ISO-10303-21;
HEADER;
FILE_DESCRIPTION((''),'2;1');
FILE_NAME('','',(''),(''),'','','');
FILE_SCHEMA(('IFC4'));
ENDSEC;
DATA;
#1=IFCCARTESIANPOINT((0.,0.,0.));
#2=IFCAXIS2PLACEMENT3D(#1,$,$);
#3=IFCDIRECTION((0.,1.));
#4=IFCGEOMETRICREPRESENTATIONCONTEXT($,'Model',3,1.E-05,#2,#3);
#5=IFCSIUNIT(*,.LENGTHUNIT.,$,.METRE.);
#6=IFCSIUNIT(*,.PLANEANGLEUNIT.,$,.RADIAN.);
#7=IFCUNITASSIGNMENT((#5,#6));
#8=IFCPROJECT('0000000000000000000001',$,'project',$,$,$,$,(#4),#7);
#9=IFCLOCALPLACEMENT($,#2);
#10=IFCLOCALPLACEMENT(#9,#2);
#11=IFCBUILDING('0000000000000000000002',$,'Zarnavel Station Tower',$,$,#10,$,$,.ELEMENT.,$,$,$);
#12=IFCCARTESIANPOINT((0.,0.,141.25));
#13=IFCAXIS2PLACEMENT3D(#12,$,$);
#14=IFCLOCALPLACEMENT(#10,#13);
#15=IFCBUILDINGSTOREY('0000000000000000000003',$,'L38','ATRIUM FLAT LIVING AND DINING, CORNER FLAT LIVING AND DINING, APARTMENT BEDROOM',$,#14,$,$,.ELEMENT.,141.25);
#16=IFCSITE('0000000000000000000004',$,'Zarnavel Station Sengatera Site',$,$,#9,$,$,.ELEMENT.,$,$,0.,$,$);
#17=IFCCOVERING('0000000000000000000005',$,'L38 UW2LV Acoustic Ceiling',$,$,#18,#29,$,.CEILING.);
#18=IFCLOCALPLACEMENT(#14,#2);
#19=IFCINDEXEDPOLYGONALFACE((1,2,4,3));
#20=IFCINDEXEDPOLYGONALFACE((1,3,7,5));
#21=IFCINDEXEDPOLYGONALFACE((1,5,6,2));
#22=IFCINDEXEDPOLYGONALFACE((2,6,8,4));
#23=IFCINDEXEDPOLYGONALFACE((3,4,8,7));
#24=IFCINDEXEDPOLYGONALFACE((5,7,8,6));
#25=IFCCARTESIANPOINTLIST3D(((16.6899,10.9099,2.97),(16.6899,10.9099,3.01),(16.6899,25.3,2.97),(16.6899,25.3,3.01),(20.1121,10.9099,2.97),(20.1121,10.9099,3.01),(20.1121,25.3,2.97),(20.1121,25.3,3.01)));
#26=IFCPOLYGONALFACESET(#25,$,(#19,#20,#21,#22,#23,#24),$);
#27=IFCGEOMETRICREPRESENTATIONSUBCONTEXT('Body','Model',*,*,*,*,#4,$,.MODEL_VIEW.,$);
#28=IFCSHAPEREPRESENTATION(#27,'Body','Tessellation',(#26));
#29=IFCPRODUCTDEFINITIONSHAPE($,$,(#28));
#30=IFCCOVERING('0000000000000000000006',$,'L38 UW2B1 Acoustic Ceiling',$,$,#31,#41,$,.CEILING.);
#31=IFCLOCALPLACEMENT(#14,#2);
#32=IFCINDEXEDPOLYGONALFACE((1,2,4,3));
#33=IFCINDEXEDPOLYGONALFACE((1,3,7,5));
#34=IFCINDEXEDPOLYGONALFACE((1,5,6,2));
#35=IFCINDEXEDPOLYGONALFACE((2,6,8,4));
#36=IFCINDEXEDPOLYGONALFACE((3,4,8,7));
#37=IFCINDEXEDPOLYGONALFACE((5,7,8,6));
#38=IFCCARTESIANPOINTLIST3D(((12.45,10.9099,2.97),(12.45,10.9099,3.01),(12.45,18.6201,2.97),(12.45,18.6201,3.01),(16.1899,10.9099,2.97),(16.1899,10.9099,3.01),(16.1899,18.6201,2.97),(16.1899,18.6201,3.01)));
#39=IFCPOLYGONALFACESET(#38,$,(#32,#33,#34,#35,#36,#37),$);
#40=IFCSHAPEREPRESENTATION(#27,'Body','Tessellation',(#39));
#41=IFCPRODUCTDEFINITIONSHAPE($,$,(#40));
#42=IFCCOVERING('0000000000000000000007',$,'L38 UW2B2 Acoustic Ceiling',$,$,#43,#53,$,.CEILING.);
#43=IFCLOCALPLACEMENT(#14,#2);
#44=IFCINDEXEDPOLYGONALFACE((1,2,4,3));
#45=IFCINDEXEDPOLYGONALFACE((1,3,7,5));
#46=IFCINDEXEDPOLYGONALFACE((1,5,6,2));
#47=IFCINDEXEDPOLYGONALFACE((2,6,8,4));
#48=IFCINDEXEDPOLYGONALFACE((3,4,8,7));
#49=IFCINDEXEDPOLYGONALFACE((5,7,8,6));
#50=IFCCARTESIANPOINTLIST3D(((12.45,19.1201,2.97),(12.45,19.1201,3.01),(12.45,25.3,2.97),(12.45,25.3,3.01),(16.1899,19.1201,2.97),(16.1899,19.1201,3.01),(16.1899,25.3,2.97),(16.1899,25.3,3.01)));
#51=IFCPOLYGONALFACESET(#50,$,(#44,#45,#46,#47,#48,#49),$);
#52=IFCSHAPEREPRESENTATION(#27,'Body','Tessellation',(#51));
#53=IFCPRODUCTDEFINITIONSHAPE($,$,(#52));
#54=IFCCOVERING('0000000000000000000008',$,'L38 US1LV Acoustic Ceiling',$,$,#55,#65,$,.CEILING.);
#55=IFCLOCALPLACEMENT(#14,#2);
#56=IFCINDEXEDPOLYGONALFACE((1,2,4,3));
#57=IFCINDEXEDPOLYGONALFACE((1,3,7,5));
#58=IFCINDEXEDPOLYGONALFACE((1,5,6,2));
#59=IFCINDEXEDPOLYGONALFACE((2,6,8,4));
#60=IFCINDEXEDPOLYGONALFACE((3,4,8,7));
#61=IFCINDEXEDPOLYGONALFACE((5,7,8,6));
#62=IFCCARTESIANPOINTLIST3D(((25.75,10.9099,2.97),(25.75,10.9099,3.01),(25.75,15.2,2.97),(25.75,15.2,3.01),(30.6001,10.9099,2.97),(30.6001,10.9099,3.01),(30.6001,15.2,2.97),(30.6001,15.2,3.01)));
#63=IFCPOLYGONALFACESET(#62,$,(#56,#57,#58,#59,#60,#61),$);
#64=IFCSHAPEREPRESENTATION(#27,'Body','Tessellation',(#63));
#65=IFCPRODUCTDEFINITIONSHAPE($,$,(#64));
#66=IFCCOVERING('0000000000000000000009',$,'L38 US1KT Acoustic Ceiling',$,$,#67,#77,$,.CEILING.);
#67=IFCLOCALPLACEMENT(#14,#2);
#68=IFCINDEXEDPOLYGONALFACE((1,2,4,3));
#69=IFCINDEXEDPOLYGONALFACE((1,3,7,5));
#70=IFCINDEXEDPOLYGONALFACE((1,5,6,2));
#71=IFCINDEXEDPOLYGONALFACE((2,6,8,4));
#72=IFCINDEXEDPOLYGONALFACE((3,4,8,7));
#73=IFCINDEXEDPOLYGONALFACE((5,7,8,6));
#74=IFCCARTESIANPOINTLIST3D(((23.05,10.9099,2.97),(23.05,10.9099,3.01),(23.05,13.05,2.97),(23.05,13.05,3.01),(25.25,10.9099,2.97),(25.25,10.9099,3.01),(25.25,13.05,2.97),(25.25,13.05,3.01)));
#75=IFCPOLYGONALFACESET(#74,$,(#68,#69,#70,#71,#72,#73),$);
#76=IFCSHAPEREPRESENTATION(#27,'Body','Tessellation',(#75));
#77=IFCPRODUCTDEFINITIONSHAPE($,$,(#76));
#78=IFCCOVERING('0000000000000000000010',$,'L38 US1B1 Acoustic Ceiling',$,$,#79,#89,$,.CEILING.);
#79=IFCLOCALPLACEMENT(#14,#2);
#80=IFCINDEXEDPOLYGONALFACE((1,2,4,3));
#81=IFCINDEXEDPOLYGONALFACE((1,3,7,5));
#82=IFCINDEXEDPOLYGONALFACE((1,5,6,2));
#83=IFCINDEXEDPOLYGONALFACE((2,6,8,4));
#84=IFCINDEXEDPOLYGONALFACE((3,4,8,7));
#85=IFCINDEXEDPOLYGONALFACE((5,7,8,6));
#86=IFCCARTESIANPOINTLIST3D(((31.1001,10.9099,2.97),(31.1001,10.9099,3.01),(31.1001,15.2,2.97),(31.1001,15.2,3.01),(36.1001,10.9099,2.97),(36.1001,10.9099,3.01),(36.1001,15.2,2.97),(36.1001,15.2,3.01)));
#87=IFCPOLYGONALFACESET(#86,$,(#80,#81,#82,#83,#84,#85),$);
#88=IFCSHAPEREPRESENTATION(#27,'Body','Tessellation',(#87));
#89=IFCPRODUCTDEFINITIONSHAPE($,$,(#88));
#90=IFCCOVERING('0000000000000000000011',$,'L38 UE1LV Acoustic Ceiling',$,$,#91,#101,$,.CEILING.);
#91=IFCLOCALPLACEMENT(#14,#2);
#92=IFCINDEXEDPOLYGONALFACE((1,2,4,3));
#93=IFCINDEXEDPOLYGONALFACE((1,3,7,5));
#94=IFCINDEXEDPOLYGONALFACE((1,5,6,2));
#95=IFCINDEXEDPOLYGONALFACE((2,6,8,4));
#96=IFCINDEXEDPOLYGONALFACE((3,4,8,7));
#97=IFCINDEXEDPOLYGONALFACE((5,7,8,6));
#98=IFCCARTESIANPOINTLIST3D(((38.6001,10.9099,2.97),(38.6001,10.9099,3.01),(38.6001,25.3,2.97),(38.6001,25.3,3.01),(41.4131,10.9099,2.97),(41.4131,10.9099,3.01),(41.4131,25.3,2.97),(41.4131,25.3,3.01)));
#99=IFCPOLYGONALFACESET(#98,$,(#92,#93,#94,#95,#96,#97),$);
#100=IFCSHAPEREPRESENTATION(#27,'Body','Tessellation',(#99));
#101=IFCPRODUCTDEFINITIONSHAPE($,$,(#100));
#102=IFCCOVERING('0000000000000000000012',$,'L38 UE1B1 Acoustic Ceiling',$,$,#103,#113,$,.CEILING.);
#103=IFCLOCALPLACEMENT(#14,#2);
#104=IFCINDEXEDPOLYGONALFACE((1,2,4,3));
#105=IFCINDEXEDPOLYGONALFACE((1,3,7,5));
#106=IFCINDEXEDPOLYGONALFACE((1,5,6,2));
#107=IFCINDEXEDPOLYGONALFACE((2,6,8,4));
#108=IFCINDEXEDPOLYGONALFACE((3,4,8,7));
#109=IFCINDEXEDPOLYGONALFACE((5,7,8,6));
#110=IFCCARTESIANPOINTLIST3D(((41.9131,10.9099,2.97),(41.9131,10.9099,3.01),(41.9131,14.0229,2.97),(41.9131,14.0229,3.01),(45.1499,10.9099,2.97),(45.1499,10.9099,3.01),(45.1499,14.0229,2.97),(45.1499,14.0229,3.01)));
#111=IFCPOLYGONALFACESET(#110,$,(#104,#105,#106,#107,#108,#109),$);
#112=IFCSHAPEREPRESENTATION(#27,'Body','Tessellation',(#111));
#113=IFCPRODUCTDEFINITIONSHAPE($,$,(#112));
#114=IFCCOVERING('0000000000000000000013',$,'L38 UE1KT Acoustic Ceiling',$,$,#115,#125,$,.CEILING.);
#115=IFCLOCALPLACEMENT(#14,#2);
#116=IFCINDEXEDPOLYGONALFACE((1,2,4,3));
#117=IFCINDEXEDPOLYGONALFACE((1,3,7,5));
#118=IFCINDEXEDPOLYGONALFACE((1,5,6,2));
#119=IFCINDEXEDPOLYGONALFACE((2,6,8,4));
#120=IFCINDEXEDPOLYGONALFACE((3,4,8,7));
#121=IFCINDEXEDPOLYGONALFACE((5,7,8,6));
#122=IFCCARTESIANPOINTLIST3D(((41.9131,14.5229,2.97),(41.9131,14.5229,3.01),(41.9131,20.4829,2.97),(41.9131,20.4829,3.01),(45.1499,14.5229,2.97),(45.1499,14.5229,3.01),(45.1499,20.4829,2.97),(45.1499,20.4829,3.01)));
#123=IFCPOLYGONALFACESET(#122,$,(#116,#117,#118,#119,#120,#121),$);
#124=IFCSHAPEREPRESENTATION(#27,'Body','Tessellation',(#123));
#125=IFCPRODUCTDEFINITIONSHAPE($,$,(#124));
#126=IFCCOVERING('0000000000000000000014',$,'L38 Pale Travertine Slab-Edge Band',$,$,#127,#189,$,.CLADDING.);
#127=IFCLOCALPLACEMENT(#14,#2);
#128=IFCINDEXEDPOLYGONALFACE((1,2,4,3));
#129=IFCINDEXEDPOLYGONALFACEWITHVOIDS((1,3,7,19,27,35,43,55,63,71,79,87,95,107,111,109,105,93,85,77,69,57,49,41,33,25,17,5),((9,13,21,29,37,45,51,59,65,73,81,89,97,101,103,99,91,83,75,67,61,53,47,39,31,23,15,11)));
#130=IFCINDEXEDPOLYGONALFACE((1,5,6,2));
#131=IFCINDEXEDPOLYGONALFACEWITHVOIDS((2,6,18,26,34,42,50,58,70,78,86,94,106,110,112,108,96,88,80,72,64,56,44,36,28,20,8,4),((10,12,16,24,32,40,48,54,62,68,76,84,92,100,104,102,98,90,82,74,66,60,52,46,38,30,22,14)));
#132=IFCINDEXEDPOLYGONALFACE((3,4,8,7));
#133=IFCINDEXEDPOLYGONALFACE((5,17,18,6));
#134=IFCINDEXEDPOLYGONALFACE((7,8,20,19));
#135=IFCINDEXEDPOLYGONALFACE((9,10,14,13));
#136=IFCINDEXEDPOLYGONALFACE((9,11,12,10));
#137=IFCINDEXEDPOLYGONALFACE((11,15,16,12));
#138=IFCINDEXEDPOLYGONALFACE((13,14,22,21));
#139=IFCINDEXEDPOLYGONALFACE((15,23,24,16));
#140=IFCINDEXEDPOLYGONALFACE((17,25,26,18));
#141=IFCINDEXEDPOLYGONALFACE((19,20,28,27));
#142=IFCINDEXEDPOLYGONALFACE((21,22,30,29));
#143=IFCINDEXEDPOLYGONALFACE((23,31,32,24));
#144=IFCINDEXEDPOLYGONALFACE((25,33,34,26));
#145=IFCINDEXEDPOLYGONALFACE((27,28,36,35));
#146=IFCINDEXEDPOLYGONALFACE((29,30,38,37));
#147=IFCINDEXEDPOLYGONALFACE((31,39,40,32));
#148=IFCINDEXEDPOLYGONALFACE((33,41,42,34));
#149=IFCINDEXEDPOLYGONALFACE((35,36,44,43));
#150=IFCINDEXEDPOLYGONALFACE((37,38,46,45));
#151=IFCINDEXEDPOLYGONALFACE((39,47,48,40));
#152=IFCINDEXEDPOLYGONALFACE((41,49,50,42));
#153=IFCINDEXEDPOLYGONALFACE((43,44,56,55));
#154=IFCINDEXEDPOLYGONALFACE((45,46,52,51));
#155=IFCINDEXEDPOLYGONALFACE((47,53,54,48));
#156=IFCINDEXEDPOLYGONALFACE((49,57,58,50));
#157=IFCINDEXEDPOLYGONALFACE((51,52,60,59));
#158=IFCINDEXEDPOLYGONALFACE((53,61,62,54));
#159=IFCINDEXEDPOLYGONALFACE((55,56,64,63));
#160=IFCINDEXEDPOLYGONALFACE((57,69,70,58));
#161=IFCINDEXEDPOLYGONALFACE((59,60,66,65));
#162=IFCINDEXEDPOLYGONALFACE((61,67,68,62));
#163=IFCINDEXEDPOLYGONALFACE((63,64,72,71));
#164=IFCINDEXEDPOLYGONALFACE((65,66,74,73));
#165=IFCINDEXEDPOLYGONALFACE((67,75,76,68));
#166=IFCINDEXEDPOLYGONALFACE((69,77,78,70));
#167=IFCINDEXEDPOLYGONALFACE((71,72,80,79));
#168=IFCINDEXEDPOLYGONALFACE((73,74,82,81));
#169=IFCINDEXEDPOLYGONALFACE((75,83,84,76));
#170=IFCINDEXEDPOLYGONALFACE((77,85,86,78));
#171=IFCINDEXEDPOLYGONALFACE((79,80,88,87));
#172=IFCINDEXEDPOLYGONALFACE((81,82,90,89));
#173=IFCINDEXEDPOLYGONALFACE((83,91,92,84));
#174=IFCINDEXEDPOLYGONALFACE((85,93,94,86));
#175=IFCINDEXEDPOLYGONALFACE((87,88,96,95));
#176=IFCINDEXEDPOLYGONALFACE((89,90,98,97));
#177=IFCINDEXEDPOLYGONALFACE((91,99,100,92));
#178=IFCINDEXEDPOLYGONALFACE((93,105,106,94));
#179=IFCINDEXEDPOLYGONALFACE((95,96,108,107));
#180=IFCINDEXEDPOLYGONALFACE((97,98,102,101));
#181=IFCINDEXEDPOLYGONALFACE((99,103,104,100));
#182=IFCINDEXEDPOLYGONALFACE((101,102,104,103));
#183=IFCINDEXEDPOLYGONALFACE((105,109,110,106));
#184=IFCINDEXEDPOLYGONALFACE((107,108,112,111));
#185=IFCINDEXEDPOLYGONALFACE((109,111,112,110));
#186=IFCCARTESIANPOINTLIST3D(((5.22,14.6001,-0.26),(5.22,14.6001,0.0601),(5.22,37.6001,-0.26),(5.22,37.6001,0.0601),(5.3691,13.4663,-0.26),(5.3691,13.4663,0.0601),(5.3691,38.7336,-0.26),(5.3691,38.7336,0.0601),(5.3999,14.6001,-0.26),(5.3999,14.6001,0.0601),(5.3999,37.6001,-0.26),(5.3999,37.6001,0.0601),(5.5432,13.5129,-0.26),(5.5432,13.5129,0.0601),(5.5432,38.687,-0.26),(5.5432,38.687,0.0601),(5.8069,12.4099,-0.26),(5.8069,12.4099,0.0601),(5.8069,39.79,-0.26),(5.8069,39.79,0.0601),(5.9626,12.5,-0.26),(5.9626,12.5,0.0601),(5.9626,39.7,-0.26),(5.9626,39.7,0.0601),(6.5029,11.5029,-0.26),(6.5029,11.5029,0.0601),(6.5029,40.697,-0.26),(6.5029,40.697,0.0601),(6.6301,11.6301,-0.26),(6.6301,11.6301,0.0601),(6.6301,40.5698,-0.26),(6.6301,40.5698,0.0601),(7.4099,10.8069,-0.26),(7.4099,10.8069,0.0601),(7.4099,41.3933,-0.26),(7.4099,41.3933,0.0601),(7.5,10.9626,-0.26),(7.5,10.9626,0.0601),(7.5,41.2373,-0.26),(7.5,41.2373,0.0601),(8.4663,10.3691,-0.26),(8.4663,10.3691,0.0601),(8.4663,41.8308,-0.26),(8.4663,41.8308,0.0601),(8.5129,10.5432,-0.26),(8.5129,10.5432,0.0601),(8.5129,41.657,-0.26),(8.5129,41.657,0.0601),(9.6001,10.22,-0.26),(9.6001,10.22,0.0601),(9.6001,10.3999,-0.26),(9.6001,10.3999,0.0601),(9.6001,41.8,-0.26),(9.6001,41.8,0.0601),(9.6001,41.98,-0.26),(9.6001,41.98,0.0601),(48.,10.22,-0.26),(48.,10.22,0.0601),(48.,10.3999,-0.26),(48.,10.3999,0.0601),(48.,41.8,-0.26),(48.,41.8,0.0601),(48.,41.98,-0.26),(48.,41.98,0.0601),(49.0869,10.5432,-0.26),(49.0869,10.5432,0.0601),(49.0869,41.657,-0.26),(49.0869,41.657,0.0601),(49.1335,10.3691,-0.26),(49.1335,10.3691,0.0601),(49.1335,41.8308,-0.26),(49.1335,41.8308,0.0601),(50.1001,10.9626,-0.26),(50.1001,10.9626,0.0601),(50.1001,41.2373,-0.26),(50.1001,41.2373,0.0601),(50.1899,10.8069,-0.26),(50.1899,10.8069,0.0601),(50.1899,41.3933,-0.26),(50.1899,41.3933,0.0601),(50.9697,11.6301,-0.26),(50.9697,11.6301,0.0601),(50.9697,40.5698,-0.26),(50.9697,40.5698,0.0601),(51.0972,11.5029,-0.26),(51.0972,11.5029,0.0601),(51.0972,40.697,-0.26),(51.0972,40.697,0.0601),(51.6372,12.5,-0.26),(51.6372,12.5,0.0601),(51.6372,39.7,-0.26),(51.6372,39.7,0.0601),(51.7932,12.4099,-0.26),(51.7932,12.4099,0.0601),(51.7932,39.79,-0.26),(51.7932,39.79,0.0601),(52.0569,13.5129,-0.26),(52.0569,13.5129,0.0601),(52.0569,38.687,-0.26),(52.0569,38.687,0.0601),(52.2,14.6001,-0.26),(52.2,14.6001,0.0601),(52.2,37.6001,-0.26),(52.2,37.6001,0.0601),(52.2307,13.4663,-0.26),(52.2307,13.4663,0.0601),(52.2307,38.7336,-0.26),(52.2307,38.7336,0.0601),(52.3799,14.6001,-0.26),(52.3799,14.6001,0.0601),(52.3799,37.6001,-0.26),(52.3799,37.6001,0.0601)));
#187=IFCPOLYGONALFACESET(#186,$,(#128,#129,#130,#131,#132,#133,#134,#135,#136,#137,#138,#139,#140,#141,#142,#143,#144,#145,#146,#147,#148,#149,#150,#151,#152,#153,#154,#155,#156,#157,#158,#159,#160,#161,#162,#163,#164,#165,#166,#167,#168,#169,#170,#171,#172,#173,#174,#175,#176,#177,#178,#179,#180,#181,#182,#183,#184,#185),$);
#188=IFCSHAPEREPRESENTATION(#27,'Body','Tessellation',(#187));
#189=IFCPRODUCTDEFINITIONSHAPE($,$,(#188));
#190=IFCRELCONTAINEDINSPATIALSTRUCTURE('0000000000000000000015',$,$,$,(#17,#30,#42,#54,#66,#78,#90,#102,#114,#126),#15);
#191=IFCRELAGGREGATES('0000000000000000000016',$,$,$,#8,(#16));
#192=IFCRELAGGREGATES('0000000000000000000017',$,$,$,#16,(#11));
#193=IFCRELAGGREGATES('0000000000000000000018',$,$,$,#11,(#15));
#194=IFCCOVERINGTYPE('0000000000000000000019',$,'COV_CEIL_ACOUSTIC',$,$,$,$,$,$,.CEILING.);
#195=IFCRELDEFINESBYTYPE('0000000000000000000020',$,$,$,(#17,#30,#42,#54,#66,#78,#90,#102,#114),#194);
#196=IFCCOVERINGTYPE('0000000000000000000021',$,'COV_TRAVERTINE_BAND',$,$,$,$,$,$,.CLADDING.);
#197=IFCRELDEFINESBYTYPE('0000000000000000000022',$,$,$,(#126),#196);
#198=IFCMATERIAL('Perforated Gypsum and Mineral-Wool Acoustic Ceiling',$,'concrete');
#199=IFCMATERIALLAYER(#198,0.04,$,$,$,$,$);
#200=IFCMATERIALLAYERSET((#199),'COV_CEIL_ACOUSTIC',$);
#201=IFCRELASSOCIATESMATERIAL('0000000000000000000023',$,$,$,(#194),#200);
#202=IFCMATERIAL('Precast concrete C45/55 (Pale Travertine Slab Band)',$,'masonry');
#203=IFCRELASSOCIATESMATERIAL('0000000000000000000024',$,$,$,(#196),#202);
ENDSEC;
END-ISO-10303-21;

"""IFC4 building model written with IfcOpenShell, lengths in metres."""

from ifc_helpers import new_model, si_unit, direction, frame, origin, place, context, subcontext, project, spatial, polyline, outline, extrude, material, layer, layer_set, type_object, element, save


model = new_model("IFC4")

# Units and contexts
model_context = context("Model", 3, precision=1e-05, world=origin(), true_north=direction((0.0, 1.0)))
body_context = subcontext(model_context, "Body", "Model", "MODEL_VIEW")
ifc_project = project(units=[si_unit("LENGTHUNIT", "METRE"), si_unit("PLANEANGLEUNIT", "RADIAN")], contexts=[model_context])

# Site, building, storey
site_placement = place(None, origin())
site = spatial("IfcSite", under=ifc_project, at=site_placement, Name="Zarnavel Station Sengatera Site", CompositionType="ELEMENT", RefElevation=0.0)
building_placement = place(site_placement, origin())
building = spatial("IfcBuilding", under=site, at=building_placement, Name="Zarnavel Station Tower", CompositionType="ELEMENT")
storey_placement = place(building_placement, frame((0.0, 0.0, 141.25)))
storey = spatial("IfcBuildingStorey", under=building, at=storey_placement, Name="L38", Description="ATRIUM FLAT LIVING AND DINING, CORNER FLAT LIVING AND DINING, APARTMENT BEDROOM", CompositionType="ELEMENT", Elevation=141.25)

# Coverings
ifc_material_1 = material(Name="Perforated Gypsum and Mineral-Wool Acoustic Ceiling", Category="concrete")
ifc_layer_1 = layer(ifc_material_1, 0.04)
ifc_layer_set_1 = layer_set([ifc_layer_1], Name="COV_CEIL_ACOUSTIC")
covering_type_1 = type_object("IfcCoveringType", Name="COV_CEIL_ACOUSTIC", PredefinedType="CEILING", material=ifc_layer_set_1)
covering_1_placement = place(storey_placement, frame((0.0, 0.0, 2.97)))
element("IfcCovering", 1, at=covering_1_placement, inside=storey, type_object=covering_type_1, Name="L38 UW2LV Acoustic Ceiling", PredefinedType="CEILING", context=body_context, shape_type="SweptSolid", body=[
    extrude(outline(polyline([(16.6899, 10.9099), (20.1121, 10.9099), (20.1121, 25.3), (16.6899, 25.3), (16.6899, 10.9099)])), origin(), (0.0, 0.0, 1.0), 0.04),
])
covering_2_placement = place(storey_placement, frame((0.0, 0.0, 2.97)))
element("IfcCovering", 2, at=covering_2_placement, inside=storey, type_object=covering_type_1, Name="L38 UW2B1 Acoustic Ceiling", PredefinedType="CEILING", context=body_context, shape_type="SweptSolid", body=[
    extrude(outline(polyline([(12.45, 10.9099), (16.1899, 10.9099), (16.1899, 18.6201), (12.45, 18.6201), (12.45, 10.9099)])), origin(), (0.0, 0.0, 1.0), 0.04),
])
covering_3_placement = place(storey_placement, frame((0.0, 0.0, 2.97)))
element("IfcCovering", 3, at=covering_3_placement, inside=storey, type_object=covering_type_1, Name="L38 UW2B2 Acoustic Ceiling", PredefinedType="CEILING", context=body_context, shape_type="SweptSolid", body=[
    extrude(outline(polyline([(12.45, 19.1201), (16.1899, 19.1201), (16.1899, 25.3), (12.45, 25.3), (12.45, 19.1201)])), origin(), (0.0, 0.0, 1.0), 0.04),
])
covering_4_placement = place(storey_placement, frame((0.0, 0.0, 2.97)))
element("IfcCovering", 4, at=covering_4_placement, inside=storey, type_object=covering_type_1, Name="L38 US1LV Acoustic Ceiling", PredefinedType="CEILING", context=body_context, shape_type="SweptSolid", body=[
    extrude(outline(polyline([(25.75, 10.9099), (30.6001, 10.9099), (30.6001, 15.2), (25.75, 15.2), (25.75, 10.9099)])), origin(), (0.0, 0.0, 1.0), 0.04),
])
covering_5_placement = place(storey_placement, frame((0.0, 0.0, 2.97)))
element("IfcCovering", 5, at=covering_5_placement, inside=storey, type_object=covering_type_1, Name="L38 US1KT Acoustic Ceiling", PredefinedType="CEILING", context=body_context, shape_type="SweptSolid", body=[
    extrude(outline(polyline([(23.05, 10.9099), (25.25, 10.9099), (25.25, 13.05), (23.05, 13.05), (23.05, 10.9099)])), origin(), (0.0, 0.0, 1.0), 0.04),
])
covering_6_placement = place(storey_placement, frame((0.0, 0.0, 2.97)))
element("IfcCovering", 6, at=covering_6_placement, inside=storey, type_object=covering_type_1, Name="L38 US1B1 Acoustic Ceiling", PredefinedType="CEILING", context=body_context, shape_type="SweptSolid", body=[
    extrude(outline(polyline([(31.1001, 10.9099), (36.1001, 10.9099), (36.1001, 15.2), (31.1001, 15.2), (31.1001, 10.9099)])), origin(), (0.0, 0.0, 1.0), 0.04),
])
covering_7_placement = place(storey_placement, frame((0.0, 0.0, 2.97)))
element("IfcCovering", 7, at=covering_7_placement, inside=storey, type_object=covering_type_1, Name="L38 UE1LV Acoustic Ceiling", PredefinedType="CEILING", context=body_context, shape_type="SweptSolid", body=[
    extrude(outline(polyline([(38.6001, 10.9099), (41.4131, 10.9099), (41.4131, 25.3), (38.6001, 25.3), (38.6001, 10.9099)])), origin(), (0.0, 0.0, 1.0), 0.04),
])
covering_8_placement = place(storey_placement, frame((0.0, 0.0, 2.97)))
element("IfcCovering", 8, at=covering_8_placement, inside=storey, type_object=covering_type_1, Name="L38 UE1B1 Acoustic Ceiling", PredefinedType="CEILING", context=body_context, shape_type="SweptSolid", body=[
    extrude(outline(polyline([(41.9131, 10.9099), (45.1499, 10.9099), (45.1499, 14.0229), (41.9131, 14.0229), (41.9131, 10.9099)])), origin(), (0.0, 0.0, 1.0), 0.04),
])
covering_9_placement = place(storey_placement, frame((0.0, 0.0, 2.97)))
element("IfcCovering", 9, at=covering_9_placement, inside=storey, type_object=covering_type_1, Name="L38 UE1KT Acoustic Ceiling", PredefinedType="CEILING", context=body_context, shape_type="SweptSolid", body=[
    extrude(outline(polyline([(41.9131, 14.5229), (45.1499, 14.5229), (45.1499, 20.4829), (41.9131, 20.4829), (41.9131, 14.5229)])), origin(), (0.0, 0.0, 1.0), 0.04),
])
ifc_material_2 = material(Name="Precast concrete C45/55 (Pale Travertine Slab Band)", Category="masonry")
covering_type_2 = type_object("IfcCoveringType", Name="COV_TRAVERTINE_BAND", PredefinedType="CLADDING", material=ifc_material_2)
covering_10_placement = place(storey_placement, frame((0.0, 0.0, -0.26)))
element("IfcCovering", 10, at=covering_10_placement, inside=storey, type_object=covering_type_2, Name="L38 Pale Travertine Slab-Edge Band", PredefinedType="CLADDING", context=body_context, shape_type="SweptSolid", body=[
    extrude(outline(polyline([(48.0, 10.22), (49.1335, 10.3691), (50.1899, 10.8069), (51.0972, 11.5029), (51.7932, 12.4099), (52.2307, 13.4663), (52.3799, 14.6001), (52.3799, 37.6001), (52.2307, 38.7336), (51.7932, 39.79), (51.0972, 40.697), (50.1899, 41.3933), (49.1335, 41.8308), (48.0, 41.98), (9.6001, 41.98), (8.4663, 41.8308), (7.4099, 41.3933), (6.5029, 40.697), (5.8069, 39.79), (5.3691, 38.7336), (5.22, 37.6001), (5.22, 14.6001), (5.3691, 13.4663), (5.8069, 12.4099), (6.5029, 11.5029), (7.4099, 10.8069), (8.4663, 10.3691), (9.6001, 10.22), (48.0, 10.22)]), holes=[polyline([(48.0, 10.3999), (49.0869, 10.5432), (50.1001, 10.9626), (50.9697, 11.6301), (51.6372, 12.5), (52.0569, 13.5129), (52.2, 14.6001), (52.2, 37.6001), (52.0569, 38.687), (51.6372, 39.7), (50.9697, 40.5698), (50.1001, 41.2373), (49.0869, 41.657), (48.0, 41.8), (9.6001, 41.8), (8.5129, 41.657), (7.5, 41.2373), (6.6301, 40.5698), (5.9626, 39.7), (5.5432, 38.687), (5.3999, 37.6001), (5.3999, 14.6001), (5.5432, 13.5129), (5.9626, 12.5), (6.6301, 11.6301), (7.5, 10.9626), (8.5129, 10.5432), (9.6001, 10.3999), (48.0, 10.3999)])]), origin(), (0.0, 0.0, 1.0), 0.3201),
])

save(model, "model.ifc")
